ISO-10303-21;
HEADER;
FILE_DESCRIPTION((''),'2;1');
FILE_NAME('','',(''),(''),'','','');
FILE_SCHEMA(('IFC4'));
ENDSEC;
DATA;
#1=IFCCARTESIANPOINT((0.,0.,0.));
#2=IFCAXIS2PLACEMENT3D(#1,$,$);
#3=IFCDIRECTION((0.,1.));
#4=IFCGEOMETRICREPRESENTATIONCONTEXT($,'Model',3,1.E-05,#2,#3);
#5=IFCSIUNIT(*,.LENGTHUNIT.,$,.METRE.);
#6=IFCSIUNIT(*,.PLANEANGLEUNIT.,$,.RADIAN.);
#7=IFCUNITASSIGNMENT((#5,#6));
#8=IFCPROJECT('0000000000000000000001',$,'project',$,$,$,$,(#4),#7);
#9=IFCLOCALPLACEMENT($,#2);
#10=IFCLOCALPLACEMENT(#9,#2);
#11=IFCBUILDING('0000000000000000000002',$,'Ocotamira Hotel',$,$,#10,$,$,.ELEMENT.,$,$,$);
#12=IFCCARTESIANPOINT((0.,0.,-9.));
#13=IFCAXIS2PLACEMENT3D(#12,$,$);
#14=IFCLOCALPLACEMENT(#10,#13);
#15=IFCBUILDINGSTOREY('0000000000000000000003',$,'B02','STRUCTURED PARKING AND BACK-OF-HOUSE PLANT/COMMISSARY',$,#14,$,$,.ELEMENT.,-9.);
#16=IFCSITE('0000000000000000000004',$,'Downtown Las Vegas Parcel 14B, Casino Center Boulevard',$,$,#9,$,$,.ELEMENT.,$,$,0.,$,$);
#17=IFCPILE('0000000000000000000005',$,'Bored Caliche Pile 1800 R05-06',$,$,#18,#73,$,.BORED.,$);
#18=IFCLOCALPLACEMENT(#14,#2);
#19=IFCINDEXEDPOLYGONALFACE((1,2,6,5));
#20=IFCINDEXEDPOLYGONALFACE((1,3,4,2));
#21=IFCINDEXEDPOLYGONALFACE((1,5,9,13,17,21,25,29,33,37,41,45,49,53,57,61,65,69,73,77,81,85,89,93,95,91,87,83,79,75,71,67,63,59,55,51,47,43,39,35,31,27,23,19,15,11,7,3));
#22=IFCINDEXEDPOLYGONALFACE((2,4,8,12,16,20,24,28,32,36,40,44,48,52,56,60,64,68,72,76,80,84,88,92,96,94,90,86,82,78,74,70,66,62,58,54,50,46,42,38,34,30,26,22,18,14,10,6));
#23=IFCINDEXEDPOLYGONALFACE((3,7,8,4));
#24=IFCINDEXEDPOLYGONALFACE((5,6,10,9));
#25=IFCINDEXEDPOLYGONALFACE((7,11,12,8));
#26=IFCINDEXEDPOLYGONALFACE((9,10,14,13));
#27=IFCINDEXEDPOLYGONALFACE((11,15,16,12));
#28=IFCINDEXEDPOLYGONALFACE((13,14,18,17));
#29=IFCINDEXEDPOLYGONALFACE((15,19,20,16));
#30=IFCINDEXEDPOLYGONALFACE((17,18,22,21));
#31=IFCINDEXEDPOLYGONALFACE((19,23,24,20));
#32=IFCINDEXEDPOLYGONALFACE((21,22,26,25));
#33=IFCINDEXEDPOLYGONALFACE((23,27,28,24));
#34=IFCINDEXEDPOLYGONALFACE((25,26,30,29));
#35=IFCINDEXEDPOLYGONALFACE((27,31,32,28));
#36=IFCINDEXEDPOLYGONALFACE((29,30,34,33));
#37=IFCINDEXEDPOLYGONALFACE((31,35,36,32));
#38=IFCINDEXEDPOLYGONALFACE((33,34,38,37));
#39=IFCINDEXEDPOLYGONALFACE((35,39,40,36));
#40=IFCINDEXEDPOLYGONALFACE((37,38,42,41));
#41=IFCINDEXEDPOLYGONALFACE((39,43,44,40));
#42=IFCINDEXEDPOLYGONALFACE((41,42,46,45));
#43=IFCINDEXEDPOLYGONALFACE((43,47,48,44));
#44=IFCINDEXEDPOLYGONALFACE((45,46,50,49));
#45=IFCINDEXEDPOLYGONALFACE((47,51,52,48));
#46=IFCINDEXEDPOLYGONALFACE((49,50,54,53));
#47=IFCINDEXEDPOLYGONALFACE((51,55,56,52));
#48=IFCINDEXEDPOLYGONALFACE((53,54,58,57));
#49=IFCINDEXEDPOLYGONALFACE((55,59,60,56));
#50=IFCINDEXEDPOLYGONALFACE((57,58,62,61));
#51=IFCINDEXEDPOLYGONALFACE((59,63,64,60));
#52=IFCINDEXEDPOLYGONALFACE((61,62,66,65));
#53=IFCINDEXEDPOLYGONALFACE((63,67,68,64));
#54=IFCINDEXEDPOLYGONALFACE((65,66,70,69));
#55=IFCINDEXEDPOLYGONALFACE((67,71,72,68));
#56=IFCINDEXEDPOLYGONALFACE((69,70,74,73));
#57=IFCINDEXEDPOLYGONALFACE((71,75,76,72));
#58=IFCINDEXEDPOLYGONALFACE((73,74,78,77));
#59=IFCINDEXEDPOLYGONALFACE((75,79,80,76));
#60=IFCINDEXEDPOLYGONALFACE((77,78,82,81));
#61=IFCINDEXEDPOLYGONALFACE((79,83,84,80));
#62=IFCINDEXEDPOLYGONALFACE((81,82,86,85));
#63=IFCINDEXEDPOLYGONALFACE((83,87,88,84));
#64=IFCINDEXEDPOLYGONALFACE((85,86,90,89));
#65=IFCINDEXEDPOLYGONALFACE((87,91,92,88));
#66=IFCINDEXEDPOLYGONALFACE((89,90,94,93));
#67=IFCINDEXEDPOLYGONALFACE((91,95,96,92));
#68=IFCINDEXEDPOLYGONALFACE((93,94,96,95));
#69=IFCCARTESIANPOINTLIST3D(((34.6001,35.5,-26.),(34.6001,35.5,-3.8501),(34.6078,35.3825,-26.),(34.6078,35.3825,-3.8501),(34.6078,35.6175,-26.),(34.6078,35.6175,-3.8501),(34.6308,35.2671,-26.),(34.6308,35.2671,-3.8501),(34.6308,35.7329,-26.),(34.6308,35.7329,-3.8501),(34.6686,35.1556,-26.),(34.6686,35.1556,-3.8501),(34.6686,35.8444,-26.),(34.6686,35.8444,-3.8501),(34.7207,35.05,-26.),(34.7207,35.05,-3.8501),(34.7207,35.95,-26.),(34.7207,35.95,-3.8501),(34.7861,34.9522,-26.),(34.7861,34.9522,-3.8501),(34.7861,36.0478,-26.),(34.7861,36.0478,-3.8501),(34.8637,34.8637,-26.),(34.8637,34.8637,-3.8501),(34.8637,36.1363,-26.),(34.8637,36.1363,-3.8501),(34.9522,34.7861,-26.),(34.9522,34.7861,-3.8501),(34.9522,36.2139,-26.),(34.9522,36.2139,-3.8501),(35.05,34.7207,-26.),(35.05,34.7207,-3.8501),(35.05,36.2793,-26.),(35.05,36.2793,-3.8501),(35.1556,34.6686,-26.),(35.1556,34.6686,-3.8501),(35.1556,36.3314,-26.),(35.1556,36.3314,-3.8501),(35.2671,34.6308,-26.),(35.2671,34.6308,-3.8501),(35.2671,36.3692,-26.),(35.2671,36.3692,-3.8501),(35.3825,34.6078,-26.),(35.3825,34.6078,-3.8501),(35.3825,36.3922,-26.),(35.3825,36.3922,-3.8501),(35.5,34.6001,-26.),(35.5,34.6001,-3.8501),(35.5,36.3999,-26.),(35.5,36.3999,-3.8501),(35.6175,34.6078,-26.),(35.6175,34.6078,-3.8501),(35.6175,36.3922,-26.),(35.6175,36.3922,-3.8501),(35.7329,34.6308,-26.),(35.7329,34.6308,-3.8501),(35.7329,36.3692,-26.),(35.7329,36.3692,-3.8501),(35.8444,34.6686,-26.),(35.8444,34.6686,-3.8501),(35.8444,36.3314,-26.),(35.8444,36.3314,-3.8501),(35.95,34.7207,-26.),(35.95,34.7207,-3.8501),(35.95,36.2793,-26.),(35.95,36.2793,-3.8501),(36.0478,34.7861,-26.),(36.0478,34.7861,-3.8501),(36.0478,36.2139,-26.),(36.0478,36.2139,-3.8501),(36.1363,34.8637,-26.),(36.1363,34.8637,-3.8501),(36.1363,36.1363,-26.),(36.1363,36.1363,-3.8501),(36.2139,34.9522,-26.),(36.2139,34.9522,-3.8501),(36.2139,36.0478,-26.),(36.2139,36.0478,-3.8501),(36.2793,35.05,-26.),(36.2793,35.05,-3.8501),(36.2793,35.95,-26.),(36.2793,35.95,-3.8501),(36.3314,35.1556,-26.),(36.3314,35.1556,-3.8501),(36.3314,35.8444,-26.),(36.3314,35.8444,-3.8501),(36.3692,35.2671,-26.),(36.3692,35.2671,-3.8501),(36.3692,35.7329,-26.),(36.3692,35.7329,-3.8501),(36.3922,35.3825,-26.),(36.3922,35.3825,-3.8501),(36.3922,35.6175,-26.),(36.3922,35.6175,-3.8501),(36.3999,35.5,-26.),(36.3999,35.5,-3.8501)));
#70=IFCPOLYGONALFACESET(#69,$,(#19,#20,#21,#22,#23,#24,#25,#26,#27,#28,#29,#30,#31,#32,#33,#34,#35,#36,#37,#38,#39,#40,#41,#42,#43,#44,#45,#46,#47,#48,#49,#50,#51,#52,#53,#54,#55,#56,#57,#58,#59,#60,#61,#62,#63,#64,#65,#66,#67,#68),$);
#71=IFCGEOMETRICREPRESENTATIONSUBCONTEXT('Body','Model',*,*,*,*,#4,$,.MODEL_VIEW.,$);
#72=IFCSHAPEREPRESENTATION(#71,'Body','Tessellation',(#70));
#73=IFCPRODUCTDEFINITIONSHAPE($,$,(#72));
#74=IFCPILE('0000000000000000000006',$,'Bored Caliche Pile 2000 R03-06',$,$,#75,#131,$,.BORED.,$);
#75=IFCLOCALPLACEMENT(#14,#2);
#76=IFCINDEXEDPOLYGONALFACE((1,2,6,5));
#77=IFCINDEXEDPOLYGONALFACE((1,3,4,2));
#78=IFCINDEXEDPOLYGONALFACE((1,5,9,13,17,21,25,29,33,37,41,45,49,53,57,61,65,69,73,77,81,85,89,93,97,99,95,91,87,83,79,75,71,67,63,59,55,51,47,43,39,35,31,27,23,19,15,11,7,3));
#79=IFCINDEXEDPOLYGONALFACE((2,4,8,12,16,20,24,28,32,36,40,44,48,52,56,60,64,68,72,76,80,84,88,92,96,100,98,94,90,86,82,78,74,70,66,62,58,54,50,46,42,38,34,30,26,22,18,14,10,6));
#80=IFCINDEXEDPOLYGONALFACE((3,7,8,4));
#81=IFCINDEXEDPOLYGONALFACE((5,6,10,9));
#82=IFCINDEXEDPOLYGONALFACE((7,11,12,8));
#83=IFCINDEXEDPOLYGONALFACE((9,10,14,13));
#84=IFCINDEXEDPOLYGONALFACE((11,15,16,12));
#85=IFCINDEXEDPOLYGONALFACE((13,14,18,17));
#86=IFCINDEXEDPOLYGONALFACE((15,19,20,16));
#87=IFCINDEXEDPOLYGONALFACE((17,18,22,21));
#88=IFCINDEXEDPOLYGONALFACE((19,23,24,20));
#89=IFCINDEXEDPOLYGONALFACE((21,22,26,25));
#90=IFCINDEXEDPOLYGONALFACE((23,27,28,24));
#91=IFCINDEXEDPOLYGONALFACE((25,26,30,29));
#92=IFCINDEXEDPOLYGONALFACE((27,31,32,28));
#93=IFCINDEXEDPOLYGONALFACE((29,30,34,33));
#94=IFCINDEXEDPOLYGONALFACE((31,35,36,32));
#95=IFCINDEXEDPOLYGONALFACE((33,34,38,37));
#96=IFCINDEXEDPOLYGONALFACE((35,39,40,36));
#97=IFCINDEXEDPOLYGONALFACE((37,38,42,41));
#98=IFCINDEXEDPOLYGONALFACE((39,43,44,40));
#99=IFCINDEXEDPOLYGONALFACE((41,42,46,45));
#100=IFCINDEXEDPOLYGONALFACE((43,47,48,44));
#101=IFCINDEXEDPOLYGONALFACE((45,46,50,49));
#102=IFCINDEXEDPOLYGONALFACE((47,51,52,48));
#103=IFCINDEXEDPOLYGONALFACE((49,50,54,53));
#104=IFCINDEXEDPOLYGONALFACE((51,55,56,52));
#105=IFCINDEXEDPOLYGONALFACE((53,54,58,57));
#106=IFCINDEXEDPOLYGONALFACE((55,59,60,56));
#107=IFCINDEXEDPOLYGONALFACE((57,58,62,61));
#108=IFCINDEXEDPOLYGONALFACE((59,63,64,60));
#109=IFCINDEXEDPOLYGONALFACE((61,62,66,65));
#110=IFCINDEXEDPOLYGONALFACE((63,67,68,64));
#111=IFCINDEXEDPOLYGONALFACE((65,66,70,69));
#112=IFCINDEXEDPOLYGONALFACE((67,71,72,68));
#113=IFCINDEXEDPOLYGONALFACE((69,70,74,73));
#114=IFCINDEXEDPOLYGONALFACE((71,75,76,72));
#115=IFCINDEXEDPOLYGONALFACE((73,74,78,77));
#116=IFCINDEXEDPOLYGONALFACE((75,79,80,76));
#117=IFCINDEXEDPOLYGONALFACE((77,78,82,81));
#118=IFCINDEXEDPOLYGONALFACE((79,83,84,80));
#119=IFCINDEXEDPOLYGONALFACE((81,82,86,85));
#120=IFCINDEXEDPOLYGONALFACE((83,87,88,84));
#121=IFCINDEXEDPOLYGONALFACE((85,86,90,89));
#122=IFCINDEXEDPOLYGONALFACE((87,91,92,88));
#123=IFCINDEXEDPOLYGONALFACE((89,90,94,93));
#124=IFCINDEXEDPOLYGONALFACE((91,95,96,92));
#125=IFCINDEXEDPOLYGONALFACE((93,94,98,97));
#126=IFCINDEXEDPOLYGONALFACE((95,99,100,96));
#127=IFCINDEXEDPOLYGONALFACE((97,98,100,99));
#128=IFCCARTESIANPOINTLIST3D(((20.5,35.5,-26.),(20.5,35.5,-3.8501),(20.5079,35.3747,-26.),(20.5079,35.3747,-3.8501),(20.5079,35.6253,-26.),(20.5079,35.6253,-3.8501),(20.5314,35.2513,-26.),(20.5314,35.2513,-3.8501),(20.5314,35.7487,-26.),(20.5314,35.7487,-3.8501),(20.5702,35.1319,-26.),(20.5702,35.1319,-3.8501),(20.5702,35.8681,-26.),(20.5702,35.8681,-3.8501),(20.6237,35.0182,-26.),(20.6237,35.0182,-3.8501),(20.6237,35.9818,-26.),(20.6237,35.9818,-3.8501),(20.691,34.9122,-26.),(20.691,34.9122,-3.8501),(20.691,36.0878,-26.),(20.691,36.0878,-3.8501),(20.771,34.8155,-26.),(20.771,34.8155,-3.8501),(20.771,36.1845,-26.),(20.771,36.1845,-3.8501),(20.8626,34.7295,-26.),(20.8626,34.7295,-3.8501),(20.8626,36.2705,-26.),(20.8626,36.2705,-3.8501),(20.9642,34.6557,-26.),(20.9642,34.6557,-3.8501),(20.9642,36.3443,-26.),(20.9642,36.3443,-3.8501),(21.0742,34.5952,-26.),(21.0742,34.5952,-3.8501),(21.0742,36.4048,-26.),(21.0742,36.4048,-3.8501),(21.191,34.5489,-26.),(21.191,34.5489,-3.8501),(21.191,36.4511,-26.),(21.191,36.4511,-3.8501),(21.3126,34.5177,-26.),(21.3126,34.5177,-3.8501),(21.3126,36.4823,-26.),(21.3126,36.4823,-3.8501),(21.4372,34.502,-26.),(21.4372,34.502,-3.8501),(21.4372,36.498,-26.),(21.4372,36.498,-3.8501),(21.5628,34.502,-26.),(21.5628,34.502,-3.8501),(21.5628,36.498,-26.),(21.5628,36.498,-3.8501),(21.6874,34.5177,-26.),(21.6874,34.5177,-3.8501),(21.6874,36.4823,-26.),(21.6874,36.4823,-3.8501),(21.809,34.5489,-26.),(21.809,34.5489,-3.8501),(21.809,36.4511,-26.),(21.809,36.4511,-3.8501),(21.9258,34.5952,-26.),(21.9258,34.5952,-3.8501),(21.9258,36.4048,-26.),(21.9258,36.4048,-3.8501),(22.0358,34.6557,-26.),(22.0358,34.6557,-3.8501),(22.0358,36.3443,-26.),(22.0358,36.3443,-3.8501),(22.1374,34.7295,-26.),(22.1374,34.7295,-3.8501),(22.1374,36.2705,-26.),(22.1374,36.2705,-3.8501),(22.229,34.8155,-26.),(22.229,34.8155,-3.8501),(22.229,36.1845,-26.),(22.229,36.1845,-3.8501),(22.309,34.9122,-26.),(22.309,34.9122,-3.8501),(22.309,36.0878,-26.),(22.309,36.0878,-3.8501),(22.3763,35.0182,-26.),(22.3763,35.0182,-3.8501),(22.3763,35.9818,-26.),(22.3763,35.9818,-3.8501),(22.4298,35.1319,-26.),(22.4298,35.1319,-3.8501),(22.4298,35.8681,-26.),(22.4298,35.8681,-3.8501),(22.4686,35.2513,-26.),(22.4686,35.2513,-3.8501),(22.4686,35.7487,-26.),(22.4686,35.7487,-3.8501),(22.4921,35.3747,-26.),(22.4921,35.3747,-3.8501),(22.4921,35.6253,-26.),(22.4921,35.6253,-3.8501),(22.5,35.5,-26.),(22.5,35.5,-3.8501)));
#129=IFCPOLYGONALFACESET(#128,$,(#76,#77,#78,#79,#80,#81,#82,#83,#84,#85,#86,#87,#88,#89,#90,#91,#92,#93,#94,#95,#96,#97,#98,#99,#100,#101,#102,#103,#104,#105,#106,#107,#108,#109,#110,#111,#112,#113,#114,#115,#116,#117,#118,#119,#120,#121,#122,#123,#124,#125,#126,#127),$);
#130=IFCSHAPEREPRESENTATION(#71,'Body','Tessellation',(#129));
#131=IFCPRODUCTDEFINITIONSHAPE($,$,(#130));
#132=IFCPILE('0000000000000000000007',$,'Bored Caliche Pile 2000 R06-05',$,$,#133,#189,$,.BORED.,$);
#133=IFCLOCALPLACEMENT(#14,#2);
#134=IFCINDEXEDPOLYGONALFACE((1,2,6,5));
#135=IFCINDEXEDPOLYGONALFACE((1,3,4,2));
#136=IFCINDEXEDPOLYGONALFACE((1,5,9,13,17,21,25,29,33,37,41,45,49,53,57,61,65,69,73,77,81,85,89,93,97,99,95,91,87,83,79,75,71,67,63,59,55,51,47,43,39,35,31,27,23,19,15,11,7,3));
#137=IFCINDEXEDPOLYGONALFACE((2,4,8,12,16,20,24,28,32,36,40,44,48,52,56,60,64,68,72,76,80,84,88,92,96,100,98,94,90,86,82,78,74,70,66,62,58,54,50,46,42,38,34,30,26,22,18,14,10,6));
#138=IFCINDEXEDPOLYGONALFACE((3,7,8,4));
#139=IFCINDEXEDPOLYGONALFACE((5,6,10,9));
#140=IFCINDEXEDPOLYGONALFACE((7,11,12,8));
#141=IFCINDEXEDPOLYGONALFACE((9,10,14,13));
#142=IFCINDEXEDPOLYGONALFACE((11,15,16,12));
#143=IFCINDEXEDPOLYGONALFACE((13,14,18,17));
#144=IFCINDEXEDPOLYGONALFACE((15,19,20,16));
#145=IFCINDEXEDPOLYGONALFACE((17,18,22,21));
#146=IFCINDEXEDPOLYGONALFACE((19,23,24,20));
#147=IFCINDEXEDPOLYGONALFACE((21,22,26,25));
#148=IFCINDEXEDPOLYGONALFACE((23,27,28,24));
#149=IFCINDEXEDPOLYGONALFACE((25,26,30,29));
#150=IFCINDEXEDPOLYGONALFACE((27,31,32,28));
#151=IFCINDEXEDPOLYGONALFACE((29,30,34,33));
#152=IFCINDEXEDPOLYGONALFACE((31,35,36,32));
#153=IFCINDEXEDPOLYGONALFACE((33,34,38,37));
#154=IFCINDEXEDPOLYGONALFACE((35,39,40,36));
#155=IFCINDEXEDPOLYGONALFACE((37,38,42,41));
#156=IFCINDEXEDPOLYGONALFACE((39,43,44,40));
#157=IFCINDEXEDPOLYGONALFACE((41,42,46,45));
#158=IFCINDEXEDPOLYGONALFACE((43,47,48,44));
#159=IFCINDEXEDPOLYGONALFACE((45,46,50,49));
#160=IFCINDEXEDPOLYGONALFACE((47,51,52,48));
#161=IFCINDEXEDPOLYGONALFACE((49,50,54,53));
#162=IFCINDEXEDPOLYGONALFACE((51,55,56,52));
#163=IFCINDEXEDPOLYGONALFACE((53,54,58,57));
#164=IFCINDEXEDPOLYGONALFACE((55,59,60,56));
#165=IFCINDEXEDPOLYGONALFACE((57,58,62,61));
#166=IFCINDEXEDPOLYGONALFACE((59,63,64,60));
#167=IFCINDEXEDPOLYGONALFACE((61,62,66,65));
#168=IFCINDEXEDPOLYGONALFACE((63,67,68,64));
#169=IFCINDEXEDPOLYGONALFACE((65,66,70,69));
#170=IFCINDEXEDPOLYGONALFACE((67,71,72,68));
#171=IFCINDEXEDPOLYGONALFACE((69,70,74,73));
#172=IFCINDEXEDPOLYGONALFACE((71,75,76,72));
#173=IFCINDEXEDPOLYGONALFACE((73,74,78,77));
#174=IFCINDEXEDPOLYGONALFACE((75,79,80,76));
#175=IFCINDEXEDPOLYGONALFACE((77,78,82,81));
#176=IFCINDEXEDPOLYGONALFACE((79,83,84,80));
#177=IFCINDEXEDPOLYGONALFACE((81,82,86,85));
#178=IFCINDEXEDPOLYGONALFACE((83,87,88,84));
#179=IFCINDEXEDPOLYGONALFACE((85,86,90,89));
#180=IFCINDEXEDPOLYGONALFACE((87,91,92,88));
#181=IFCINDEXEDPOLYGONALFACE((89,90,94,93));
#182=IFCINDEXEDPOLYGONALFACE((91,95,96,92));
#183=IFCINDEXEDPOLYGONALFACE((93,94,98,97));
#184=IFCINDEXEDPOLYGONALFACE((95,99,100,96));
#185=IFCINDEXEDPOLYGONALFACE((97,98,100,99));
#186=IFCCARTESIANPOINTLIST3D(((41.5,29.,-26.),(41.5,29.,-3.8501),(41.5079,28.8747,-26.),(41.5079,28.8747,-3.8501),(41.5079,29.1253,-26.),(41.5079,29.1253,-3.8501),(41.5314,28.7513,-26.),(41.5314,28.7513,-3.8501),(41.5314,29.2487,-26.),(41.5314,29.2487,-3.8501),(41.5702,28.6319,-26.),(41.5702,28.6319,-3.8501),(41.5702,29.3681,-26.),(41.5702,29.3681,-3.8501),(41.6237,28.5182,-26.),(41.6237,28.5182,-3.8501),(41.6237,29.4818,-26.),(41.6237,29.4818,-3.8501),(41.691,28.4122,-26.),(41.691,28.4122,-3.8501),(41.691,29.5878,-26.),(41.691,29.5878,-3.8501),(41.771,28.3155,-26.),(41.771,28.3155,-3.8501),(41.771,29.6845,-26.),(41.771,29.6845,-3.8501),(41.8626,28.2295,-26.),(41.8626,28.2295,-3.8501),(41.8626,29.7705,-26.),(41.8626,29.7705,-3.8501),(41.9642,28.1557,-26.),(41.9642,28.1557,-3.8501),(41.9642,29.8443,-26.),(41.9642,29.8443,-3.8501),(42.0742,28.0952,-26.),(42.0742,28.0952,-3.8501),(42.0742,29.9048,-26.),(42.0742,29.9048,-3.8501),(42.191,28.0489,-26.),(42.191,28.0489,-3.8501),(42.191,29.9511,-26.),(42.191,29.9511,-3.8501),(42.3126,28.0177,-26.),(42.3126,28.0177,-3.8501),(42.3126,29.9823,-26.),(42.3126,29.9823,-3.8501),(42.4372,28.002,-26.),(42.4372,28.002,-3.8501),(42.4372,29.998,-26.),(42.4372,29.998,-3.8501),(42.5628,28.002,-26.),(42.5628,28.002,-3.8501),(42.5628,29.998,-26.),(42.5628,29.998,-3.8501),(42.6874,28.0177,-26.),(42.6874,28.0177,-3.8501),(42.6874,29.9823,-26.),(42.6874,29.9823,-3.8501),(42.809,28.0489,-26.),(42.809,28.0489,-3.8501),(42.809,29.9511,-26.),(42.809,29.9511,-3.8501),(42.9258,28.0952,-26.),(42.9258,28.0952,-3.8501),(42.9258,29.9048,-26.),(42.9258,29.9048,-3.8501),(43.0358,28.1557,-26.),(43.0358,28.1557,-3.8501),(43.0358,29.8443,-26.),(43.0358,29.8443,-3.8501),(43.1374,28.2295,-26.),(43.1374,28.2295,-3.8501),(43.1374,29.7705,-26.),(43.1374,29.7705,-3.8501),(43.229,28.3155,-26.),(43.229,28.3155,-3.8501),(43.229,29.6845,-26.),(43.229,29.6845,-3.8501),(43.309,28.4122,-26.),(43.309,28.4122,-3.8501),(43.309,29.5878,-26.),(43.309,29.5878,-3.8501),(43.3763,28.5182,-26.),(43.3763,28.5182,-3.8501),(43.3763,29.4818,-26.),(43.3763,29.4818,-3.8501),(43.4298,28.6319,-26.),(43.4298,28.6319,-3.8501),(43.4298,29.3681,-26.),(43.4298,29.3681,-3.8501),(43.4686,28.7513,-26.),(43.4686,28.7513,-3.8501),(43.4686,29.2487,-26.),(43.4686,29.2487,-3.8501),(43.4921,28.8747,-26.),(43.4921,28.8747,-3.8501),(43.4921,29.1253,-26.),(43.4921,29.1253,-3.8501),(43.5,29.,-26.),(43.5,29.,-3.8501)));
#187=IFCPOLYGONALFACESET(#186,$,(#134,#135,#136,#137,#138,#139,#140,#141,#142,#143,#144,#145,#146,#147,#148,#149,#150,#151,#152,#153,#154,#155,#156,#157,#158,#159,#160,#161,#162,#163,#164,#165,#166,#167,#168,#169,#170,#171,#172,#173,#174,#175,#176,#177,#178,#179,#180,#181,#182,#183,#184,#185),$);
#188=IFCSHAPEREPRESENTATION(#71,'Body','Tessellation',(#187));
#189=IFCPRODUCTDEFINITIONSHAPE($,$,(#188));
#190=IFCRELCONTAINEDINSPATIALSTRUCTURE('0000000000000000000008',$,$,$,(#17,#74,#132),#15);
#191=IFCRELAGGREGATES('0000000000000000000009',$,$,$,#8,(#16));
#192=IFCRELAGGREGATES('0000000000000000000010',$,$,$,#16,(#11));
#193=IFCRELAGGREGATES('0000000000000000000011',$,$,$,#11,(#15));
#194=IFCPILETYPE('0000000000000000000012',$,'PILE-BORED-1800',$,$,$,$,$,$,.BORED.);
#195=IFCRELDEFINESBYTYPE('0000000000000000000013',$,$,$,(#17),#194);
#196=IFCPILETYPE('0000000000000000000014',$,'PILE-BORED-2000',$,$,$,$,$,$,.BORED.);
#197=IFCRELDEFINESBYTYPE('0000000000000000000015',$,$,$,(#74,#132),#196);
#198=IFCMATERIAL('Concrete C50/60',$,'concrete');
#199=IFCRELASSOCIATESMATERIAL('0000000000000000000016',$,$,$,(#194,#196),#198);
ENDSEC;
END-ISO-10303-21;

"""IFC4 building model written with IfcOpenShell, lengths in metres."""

from ifc_helpers import new_model, si_unit, direction, frame, origin, origin_2d, place, context, subcontext, project, spatial, circle, extrude, source, transform, mapped, material, material_profile, profile_set, type_object, element, save


model = new_model("IFC4")

# Units and contexts
model_context = context("Model", 3, precision=1e-05, world=origin(), true_north=direction((0.0, 1.0)))
body_context = subcontext(model_context, "Body", "Model", "MODEL_VIEW")
ifc_project = project(units=[si_unit("LENGTHUNIT", "METRE"), si_unit("PLANEANGLEUNIT", "RADIAN")], contexts=[model_context])

# Site, building, storey
site_placement = place(None, origin())
site = spatial("IfcSite", under=ifc_project, at=site_placement, Name="Downtown Las Vegas Parcel 14B, Casino Center Boulevard", CompositionType="ELEMENT", RefElevation=0.0)
building_placement = place(site_placement, origin())
building = spatial("IfcBuilding", under=site, at=building_placement, Name="Ocotamira Hotel", CompositionType="ELEMENT")
storey_placement = place(building_placement, frame((0.0, 0.0, -9.0)))
storey = spatial("IfcBuildingStorey", under=building, at=storey_placement, Name="B02", Description="STRUCTURED PARKING AND BACK-OF-HOUSE PLANT/COMMISSARY", CompositionType="ELEMENT", Elevation=-9.0)

# Piles
ifc_material_1 = material(Name="Concrete C50/60", Category="concrete")
ifc_material_profile_1 = material_profile(ifc_material_1, circle(Radius=0.8999, at=origin_2d()), Name="PILE1800")
ifc_profile_set_1 = profile_set([ifc_material_profile_1], Name="Concrete C50/60")
pile_type_1 = type_object("IfcPileType", Name="PILE-BORED-1800", PredefinedType="BORED", material=ifc_profile_set_1)
shared_shape_1 = source(origin(), body_context, "Body", "SweptSolid", [
    extrude(circle(Radius=0.8999, at=origin_2d()), origin(), (0.0, 0.0, 1.0), 22.1499),
])
for number, where, z_axis, x_axis, name in (
    (1, (35.5, 35.5, -3.8501), (0.0, 0.0, -1.0), (1.0, 0.0, 0.0), "Bored Caliche Pile 1800 R05-06"),
):
    element("IfcPile", number, at=place(storey_placement, frame(where, z_axis=z_axis, x_axis=x_axis)), inside=storey, type_object=pile_type_1, Name=name, PredefinedType="BORED", context=body_context, shape_type="MappedRepresentation", body=[
        mapped(shared_shape_1, transform((0.0, 0.0, 0.0), scale=1.0)),
    ])
ifc_material_profile_2 = material_profile(ifc_material_1, circle(Radius=1.0, at=origin_2d()), Name="PILE2000")
ifc_profile_set_2 = profile_set([ifc_material_profile_2], Name="Concrete C50/60")
pile_type_2 = type_object("IfcPileType", Name="PILE-BORED-2000", PredefinedType="BORED", material=ifc_profile_set_2)
shared_shape_2 = source(origin(), body_context, "Body", "SweptSolid", [
    extrude(circle(Radius=1.0, at=origin_2d()), origin(), (0.0, 0.0, 1.0), 22.1499),
])
for number, where, z_axis, x_axis, name in (
    (2, (21.5, 35.5, -3.8501), (0.0, 0.0, -1.0), (1.0, 0.0, 0.0), "Bored Caliche Pile 2000 R03-06"),
    (3, (42.5, 29.0, -3.8501), (0.0, 0.0, -1.0), (1.0, 0.0, 0.0), "Bored Caliche Pile 2000 R06-05"),
):
    element("IfcPile", number, at=place(storey_placement, frame(where, z_axis=z_axis, x_axis=x_axis)), inside=storey, type_object=pile_type_2, Name=name, PredefinedType="BORED", context=body_context, shape_type="MappedRepresentation", body=[
        mapped(shared_shape_2, transform((0.0, 0.0, 0.0), scale=1.0)),
    ])

save(model, "model.ifc")
